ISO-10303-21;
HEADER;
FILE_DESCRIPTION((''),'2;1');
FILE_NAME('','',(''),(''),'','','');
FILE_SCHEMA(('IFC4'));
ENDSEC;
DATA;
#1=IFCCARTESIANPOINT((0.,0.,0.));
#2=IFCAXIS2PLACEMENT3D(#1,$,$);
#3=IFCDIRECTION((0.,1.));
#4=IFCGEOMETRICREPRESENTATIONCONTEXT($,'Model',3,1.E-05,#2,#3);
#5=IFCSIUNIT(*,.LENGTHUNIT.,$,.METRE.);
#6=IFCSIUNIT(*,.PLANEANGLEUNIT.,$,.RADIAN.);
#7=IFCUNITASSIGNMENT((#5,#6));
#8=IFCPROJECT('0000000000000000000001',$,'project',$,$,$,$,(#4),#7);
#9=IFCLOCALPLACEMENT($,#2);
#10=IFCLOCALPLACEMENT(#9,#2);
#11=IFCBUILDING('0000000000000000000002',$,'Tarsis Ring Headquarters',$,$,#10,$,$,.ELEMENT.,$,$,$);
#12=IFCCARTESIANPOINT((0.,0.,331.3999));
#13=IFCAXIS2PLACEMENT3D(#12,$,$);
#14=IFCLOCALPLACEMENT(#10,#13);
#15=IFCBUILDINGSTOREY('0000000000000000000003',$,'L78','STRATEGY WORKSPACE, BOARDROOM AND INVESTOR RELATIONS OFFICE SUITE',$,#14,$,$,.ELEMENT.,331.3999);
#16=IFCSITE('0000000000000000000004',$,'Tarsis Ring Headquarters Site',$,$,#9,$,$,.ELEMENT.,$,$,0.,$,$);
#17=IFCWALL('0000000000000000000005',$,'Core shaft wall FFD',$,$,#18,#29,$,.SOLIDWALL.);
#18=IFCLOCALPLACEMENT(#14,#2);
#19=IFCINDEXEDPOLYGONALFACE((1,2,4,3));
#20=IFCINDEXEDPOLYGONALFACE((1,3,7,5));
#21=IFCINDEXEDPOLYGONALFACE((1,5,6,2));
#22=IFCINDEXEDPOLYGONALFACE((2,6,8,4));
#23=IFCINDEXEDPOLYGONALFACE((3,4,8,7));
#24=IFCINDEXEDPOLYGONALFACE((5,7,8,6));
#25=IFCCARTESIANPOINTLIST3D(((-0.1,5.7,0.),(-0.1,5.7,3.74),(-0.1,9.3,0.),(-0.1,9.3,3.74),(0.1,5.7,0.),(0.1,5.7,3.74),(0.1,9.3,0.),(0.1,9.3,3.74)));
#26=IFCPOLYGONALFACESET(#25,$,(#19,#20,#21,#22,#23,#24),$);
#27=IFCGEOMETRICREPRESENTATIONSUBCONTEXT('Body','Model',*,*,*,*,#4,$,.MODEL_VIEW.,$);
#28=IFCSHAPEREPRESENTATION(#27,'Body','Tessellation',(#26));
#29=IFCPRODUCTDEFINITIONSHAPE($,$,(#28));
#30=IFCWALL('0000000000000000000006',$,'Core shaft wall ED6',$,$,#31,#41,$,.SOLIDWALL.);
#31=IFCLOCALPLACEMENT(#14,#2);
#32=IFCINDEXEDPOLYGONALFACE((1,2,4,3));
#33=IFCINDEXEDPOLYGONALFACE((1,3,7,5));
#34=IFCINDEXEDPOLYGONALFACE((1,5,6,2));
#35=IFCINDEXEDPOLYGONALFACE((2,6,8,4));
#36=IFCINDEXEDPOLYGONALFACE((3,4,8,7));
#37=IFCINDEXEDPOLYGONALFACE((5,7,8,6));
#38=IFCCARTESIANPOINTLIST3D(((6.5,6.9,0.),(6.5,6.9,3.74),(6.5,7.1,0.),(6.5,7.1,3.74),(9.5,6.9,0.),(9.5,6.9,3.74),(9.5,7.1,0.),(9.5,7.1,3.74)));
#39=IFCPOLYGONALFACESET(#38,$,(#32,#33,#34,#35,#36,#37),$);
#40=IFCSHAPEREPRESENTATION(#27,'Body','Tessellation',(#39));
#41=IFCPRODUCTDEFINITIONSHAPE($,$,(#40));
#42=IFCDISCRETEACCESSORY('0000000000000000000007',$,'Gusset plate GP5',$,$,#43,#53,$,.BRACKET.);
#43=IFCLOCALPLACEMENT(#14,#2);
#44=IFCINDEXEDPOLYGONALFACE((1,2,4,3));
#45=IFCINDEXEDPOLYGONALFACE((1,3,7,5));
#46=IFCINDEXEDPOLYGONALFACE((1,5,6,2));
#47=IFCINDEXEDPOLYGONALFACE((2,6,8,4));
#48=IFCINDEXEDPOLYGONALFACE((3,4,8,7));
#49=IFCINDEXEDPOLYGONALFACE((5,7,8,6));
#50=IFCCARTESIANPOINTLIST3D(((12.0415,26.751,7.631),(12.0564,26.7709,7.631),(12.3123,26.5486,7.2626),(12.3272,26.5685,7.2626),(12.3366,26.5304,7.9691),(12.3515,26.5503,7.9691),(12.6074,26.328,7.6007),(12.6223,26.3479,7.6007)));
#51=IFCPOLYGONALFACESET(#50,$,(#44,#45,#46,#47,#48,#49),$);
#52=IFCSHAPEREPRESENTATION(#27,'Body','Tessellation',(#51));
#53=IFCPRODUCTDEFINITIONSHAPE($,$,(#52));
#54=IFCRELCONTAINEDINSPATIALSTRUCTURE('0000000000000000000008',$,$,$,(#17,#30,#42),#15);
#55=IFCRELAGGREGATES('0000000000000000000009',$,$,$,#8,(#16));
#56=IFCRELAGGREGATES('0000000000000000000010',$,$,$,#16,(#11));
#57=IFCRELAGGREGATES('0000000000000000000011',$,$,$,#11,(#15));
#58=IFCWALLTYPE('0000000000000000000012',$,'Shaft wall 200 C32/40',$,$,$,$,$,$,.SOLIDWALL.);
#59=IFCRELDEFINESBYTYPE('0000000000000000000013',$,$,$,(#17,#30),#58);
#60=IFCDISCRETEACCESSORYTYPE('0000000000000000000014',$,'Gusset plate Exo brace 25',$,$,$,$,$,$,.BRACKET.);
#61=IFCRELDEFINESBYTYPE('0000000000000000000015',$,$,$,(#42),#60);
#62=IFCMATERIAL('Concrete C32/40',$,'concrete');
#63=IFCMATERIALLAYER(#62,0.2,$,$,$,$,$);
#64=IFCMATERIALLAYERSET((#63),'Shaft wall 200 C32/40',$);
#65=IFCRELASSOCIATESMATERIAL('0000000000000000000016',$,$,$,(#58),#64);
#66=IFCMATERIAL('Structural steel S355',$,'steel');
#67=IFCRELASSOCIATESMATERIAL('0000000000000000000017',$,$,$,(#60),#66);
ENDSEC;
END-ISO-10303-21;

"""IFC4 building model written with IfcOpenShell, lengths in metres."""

from ifc_helpers import new_model, si_unit, direction, frame, frame_2d, origin, origin_2d, place, context, subcontext, project, spatial, rectangle, extrude, material, layer, layer_set, material_profile, profile_set, type_object, element, save


model = new_model("IFC4")

# Units and contexts
model_context = context("Model", 3, precision=1e-05, world=origin(), true_north=direction((0.0, 1.0)))
body_context = subcontext(model_context, "Body", "Model", "MODEL_VIEW")
ifc_project = project(units=[si_unit("LENGTHUNIT", "METRE"), si_unit("PLANEANGLEUNIT", "RADIAN")], contexts=[model_context])

# Site, building, storey
site_placement = place(None, origin())
site = spatial("IfcSite", under=ifc_project, at=site_placement, Name="Tarsis Ring Headquarters Site", CompositionType="ELEMENT", RefElevation=0.0)
building_placement = place(site_placement, origin())
building = spatial("IfcBuilding", under=site, at=building_placement, Name="Tarsis Ring Headquarters", CompositionType="ELEMENT")
storey_placement = place(building_placement, frame((0.0, 0.0, 331.3999)))
storey = spatial("IfcBuildingStorey", under=building, at=storey_placement, Name="L78", Description="STRATEGY WORKSPACE, BOARDROOM AND INVESTOR RELATIONS OFFICE SUITE", CompositionType="ELEMENT", Elevation=331.3999)

# Shared definitions
ifc_material_1 = material(Name="Structural steel S355", Category="steel")

# Walls
ifc_material_2 = material(Name="Concrete C32/40", Category="concrete")
ifc_layer_1 = layer(ifc_material_2, 0.2)
ifc_layer_set_1 = layer_set([ifc_layer_1], Name="Shaft wall 200 C32/40")
wall_type_1 = type_object("IfcWallType", Name="Shaft wall 200 C32/40", PredefinedType="SOLIDWALL", material=ifc_layer_set_1)
wall_1_placement = place(storey_placement, frame((0.0, 5.7, 0.0), z_axis=(0.0, 0.0, 1.0), x_axis=(0.0, 1.0, 0.0)))
element("IfcWall", 1, at=wall_1_placement, inside=storey, type_object=wall_type_1, Name="Core shaft wall FFD", PredefinedType="SOLIDWALL", context=body_context, shape_type="SweptSolid", body=[
    extrude(rectangle(XDim=3.6001, YDim=0.2, at=frame_2d((1.8, 0.0))), origin(), (0.0, 0.0, 1.0), 3.74),
])
wall_2_placement = place(storey_placement, frame((6.5, 7.0, 0.0), z_axis=(0.0, 0.0, 1.0), x_axis=(1.0, 0.0, 0.0)))
element("IfcWall", 2, at=wall_2_placement, inside=storey, type_object=wall_type_1, Name="Core shaft wall ED6", PredefinedType="SOLIDWALL", context=body_context, shape_type="SweptSolid", body=[
    extrude(rectangle(XDim=3.0, YDim=0.2, at=frame_2d((1.5, 0.0))), origin(), (0.0, 0.0, 1.0), 3.74),
])

# Discrete accessory
ifc_material_profile_1 = material_profile(ifc_material_1, rectangle(XDim=0.0249, YDim=0.5, at=origin_2d()), Name="PL 25x500")
ifc_profile_set_1 = profile_set([ifc_material_profile_1], Name="Structural steel S355")
discrete_accessory_type = type_object("IfcDiscreteAccessoryType", Name="Gusset plate Exo brace 25", PredefinedType="BRACKET", material=ifc_profile_set_1)
discrete_accessory_placement = place(storey_placement, frame((12.1965, 26.6506, 7.8), z_axis=(0.54151, -0.40479, -0.736825), x_axis=(0.598728, 0.800952, 0.0)))
element("IfcDiscreteAccessory", 3, at=discrete_accessory_placement, inside=storey, type_object=discrete_accessory_type, Name="Gusset plate GP5", PredefinedType="BRACKET", context=body_context, shape_type="SweptSolid", body=[
    extrude(rectangle(XDim=0.0249, YDim=0.5, at=origin_2d()), origin(), (0.0, 0.0, 1.0), 0.5),
])

save(model, "model.ifc")
